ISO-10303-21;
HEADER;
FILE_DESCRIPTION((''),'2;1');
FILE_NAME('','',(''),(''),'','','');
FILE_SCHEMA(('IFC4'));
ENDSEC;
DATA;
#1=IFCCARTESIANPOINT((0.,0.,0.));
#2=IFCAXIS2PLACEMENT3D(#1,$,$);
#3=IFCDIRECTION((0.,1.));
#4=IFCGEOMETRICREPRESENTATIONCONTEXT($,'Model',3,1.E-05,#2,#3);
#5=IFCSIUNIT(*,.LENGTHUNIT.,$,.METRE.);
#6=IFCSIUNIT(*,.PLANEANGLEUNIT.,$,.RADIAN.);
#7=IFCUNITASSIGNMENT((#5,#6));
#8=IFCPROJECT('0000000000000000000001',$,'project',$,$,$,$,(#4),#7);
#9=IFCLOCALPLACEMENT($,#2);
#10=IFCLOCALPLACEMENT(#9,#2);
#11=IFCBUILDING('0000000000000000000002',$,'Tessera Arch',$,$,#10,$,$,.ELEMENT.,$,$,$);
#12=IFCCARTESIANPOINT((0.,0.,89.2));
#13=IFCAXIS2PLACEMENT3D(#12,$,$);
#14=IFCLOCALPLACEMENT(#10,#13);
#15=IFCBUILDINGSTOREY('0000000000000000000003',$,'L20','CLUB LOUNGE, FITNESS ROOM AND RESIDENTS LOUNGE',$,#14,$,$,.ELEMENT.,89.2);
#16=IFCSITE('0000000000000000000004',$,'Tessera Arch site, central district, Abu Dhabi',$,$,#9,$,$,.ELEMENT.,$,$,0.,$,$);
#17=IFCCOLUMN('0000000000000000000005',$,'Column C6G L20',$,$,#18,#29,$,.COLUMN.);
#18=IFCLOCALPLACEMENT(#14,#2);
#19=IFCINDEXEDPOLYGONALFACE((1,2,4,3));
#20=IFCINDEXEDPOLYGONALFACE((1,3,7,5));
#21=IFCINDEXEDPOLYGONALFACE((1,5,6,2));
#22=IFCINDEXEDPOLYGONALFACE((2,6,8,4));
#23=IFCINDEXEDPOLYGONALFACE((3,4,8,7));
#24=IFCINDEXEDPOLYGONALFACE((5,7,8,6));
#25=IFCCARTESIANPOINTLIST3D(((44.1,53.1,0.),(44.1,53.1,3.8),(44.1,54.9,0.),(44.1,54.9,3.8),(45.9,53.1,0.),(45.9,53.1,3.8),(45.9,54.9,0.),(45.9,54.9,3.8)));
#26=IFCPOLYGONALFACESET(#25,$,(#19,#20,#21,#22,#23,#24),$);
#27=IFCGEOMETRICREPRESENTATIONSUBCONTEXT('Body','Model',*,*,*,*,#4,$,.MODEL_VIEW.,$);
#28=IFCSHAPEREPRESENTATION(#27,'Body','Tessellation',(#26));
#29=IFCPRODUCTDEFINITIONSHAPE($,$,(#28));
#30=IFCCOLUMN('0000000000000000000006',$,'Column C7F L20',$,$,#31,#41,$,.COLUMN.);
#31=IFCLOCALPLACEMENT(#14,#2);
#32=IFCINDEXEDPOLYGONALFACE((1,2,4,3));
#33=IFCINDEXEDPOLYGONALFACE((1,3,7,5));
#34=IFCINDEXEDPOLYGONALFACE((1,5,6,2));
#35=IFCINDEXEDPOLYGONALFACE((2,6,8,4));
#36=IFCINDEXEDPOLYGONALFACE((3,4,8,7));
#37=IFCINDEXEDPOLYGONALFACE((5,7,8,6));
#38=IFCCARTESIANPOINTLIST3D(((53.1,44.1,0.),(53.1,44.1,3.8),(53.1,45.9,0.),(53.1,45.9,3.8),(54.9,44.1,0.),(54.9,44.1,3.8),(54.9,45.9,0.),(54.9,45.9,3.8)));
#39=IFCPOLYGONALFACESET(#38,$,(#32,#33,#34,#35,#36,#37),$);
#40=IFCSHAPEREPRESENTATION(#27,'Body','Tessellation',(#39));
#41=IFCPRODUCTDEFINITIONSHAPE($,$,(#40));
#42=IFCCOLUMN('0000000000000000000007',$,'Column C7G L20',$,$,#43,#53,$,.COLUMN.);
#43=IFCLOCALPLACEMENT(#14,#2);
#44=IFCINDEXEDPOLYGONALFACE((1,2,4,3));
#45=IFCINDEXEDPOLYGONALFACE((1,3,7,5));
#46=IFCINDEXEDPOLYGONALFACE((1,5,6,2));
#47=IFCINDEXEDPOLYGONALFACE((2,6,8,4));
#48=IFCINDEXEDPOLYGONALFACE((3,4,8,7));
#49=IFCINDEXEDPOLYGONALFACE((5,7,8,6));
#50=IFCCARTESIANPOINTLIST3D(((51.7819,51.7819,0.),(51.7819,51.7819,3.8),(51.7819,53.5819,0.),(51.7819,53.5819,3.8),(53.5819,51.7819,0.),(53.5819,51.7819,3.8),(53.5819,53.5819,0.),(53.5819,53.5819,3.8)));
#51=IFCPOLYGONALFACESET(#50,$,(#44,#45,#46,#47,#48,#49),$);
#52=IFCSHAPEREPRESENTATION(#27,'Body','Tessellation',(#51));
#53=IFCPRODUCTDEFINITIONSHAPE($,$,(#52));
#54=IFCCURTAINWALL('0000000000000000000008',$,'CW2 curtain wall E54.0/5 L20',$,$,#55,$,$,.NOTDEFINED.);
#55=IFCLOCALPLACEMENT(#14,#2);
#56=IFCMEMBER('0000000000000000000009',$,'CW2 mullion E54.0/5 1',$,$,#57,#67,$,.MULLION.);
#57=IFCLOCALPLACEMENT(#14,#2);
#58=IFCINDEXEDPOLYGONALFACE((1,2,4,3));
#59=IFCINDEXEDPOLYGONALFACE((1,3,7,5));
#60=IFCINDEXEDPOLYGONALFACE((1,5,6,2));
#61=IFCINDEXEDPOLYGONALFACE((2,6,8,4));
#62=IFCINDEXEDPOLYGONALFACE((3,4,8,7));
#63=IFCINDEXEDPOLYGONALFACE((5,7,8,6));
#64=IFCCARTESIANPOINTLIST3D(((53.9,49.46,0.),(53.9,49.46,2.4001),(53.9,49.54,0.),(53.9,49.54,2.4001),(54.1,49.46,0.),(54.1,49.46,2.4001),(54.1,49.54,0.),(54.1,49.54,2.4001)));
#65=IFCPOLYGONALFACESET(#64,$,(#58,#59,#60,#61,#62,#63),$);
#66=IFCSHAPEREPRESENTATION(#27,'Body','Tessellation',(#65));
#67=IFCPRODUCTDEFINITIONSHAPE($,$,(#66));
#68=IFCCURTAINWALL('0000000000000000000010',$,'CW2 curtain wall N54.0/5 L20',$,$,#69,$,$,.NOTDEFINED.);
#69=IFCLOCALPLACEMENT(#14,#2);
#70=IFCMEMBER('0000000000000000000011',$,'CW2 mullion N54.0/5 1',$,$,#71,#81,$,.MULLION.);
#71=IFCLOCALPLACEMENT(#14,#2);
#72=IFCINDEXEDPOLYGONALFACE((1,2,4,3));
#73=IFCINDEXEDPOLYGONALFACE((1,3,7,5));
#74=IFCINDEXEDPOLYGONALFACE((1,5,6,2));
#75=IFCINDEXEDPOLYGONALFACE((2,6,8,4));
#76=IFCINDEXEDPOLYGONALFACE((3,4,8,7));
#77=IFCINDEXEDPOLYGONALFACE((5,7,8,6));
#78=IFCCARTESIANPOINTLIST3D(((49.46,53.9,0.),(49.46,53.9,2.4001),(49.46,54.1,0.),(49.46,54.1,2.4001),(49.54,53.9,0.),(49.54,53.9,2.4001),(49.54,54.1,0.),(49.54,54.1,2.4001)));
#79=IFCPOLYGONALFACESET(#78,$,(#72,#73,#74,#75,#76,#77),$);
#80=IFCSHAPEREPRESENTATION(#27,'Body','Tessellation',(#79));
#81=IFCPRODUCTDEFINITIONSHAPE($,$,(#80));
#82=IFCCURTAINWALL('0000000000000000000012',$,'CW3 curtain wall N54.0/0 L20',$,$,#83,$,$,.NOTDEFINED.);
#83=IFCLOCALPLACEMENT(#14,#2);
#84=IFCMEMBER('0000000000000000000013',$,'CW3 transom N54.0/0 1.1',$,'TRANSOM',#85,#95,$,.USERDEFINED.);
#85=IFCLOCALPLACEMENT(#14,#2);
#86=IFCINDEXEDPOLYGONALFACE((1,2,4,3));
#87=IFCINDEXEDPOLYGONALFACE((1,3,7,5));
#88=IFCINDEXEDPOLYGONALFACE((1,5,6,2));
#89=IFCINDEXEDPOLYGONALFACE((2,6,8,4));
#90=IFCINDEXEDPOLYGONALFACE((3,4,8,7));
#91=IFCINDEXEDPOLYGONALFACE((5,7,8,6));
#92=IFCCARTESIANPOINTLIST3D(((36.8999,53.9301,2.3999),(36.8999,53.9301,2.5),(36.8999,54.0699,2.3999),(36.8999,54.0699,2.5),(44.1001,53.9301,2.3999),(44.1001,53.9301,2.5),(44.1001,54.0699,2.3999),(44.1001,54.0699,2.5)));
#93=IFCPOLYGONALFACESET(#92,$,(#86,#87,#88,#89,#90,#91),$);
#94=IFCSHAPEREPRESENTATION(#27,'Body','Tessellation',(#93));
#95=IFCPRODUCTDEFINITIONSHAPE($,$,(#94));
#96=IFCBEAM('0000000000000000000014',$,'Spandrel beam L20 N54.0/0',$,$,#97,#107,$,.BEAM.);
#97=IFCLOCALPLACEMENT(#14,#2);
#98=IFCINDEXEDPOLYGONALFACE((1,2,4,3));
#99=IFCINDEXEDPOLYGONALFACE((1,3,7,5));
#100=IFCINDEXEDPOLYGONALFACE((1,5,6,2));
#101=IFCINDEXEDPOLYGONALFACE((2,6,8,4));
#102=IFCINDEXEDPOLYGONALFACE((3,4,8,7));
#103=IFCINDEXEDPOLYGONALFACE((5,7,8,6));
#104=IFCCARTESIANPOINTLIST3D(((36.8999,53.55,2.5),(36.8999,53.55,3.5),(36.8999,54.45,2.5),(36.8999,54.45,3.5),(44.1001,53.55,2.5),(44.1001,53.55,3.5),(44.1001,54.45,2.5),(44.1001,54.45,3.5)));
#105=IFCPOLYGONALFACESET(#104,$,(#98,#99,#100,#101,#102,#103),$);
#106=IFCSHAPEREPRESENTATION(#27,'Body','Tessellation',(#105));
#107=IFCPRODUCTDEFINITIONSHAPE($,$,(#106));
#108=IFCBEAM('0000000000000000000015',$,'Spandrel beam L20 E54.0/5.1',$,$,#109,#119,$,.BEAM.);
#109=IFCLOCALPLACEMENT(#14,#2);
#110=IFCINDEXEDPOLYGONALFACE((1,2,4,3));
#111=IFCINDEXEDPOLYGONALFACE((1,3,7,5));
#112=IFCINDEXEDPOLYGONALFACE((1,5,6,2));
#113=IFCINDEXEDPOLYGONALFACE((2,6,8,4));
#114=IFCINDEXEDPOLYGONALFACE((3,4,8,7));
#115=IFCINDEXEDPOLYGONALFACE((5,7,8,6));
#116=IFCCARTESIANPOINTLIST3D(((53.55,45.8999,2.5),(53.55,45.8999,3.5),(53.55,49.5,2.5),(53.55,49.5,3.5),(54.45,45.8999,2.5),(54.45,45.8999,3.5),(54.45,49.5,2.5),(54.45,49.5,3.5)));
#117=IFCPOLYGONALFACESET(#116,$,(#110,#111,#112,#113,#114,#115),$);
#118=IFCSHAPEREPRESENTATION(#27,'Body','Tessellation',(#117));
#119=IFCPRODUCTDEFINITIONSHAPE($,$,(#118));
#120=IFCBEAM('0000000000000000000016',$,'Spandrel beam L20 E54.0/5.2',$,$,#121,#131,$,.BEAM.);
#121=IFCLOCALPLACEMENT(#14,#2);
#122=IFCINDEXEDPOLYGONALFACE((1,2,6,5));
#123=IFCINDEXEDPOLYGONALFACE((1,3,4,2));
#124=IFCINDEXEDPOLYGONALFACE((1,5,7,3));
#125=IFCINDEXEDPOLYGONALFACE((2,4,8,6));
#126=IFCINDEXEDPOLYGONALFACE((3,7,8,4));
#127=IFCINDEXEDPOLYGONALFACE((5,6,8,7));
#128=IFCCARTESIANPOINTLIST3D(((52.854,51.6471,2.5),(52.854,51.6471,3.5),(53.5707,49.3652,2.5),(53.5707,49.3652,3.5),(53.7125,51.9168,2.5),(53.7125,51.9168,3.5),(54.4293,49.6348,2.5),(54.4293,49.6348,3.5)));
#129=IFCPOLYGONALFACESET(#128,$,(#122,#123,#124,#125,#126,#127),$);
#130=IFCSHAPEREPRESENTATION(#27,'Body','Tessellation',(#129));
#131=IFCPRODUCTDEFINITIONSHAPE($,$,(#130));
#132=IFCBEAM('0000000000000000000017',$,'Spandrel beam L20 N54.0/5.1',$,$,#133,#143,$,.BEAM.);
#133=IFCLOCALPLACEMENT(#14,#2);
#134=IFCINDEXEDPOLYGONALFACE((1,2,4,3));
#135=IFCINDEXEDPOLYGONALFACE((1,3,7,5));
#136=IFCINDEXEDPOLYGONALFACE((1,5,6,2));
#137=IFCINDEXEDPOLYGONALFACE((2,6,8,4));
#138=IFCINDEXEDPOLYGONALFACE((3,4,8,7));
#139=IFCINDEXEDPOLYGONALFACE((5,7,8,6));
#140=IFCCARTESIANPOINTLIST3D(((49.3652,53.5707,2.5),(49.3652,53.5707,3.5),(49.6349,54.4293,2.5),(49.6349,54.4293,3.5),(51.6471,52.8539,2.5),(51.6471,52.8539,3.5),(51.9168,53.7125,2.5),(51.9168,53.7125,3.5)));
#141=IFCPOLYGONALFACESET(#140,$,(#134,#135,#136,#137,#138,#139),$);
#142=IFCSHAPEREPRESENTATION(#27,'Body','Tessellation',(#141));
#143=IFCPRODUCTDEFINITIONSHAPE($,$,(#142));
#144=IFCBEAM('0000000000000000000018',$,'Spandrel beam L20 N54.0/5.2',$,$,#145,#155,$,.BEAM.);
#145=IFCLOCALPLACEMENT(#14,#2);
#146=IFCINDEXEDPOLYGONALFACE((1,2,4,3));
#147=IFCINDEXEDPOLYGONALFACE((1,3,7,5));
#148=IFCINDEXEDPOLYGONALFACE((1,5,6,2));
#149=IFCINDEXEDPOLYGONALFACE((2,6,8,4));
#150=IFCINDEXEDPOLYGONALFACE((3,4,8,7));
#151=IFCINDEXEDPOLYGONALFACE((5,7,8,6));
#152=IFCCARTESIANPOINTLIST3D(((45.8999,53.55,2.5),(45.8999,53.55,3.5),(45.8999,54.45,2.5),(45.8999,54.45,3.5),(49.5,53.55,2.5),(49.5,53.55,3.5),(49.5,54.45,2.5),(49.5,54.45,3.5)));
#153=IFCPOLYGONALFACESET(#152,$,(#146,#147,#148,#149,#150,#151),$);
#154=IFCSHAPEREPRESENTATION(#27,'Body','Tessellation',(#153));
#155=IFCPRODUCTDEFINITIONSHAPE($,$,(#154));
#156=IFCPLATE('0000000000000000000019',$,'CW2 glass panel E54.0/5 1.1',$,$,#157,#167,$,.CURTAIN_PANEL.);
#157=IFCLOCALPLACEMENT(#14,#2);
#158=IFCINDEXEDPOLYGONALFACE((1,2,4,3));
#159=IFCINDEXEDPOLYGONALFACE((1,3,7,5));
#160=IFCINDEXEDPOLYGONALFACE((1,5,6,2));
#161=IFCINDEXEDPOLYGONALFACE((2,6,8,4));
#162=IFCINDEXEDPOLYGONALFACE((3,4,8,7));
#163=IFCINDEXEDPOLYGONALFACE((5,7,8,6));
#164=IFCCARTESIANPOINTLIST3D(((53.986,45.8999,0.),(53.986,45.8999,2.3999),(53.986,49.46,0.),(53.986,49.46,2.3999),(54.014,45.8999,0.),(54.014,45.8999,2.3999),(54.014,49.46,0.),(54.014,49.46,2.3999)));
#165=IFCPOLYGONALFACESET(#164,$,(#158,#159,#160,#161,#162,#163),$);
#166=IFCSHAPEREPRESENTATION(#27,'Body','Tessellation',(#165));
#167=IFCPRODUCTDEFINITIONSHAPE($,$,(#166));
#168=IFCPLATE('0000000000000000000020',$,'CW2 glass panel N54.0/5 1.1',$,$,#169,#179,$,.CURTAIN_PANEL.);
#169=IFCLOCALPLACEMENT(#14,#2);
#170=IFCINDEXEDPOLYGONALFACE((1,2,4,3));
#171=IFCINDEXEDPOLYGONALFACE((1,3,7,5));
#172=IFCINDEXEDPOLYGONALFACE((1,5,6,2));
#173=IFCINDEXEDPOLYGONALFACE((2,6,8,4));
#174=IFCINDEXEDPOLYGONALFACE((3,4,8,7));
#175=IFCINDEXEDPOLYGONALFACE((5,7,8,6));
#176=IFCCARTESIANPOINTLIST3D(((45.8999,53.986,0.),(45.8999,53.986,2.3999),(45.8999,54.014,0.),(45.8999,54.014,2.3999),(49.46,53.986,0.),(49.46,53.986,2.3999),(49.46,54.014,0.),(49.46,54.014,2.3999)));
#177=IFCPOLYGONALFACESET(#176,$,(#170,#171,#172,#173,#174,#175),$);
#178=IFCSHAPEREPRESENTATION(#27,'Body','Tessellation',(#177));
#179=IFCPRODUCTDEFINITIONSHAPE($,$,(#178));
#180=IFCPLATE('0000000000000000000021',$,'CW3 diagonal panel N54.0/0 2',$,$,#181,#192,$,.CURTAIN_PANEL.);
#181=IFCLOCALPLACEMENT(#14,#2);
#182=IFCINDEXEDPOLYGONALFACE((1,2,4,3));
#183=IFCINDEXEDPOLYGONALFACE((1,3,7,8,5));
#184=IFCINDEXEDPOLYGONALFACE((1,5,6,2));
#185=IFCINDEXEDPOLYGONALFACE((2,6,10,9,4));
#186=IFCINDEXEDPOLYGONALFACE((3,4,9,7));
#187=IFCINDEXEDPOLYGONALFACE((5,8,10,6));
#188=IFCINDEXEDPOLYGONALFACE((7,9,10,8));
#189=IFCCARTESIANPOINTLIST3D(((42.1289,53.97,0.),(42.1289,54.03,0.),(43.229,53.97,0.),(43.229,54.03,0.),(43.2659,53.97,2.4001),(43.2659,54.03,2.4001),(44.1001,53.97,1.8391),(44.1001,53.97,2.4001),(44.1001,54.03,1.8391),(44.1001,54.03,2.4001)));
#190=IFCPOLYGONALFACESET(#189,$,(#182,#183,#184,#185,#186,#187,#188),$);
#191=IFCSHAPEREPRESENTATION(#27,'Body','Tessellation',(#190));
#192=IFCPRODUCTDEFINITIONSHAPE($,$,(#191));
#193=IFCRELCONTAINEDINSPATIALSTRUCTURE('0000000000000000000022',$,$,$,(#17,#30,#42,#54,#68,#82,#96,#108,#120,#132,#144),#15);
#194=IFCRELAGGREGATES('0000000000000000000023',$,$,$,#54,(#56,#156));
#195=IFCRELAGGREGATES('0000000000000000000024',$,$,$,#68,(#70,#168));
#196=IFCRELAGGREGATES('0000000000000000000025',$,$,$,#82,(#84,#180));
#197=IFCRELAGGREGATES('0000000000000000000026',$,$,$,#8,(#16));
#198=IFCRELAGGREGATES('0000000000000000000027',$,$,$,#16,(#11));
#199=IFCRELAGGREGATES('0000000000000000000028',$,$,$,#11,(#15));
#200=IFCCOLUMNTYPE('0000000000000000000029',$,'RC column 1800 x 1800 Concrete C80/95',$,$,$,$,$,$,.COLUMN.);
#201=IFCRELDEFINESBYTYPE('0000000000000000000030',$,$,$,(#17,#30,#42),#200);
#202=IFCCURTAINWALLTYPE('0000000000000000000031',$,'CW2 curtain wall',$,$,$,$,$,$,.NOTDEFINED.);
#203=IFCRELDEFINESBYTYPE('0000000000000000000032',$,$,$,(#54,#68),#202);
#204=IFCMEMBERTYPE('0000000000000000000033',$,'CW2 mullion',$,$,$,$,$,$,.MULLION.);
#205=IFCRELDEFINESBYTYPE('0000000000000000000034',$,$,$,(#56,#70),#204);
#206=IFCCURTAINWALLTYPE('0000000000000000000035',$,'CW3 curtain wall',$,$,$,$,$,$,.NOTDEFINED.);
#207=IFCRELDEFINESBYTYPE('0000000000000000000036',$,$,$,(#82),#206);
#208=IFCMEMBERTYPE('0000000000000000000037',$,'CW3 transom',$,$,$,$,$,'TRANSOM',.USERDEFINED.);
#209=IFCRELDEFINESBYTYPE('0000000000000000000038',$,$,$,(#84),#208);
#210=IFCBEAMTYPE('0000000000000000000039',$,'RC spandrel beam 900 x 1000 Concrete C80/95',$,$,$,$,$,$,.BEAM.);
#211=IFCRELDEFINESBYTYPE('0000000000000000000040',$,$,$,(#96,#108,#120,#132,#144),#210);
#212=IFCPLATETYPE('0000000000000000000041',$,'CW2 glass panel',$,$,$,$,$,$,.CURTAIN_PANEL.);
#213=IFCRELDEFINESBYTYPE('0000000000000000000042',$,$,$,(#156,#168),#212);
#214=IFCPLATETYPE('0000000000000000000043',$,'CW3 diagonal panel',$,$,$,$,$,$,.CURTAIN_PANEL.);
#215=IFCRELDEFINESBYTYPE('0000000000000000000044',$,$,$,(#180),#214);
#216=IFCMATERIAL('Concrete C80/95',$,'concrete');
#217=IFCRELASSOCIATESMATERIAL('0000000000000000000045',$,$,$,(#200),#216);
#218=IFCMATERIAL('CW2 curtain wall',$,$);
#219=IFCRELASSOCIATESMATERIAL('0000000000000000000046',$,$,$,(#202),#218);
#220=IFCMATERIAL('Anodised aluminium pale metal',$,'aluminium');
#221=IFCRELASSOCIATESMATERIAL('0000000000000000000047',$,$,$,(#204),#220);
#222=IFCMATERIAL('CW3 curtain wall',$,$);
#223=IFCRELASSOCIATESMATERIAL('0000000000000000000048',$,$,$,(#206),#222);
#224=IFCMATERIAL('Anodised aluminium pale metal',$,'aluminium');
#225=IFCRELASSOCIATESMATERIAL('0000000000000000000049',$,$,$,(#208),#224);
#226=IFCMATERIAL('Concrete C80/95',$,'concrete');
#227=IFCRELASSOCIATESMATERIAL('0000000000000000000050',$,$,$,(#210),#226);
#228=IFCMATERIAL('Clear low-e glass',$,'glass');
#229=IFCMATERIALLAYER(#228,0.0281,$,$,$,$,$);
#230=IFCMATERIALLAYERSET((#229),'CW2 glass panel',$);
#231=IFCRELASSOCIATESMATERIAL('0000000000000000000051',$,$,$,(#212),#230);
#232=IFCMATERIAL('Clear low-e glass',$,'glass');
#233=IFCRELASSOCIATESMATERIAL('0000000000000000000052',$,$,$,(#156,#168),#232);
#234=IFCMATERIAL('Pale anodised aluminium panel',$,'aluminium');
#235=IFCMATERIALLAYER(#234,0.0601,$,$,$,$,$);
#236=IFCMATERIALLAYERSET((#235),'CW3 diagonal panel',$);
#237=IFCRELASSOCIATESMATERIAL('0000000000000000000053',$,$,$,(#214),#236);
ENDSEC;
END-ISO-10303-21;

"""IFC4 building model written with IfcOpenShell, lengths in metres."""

from ifc_helpers import new_model, si_unit, direction, frame, origin, origin_2d, place, context, subcontext, project, spatial, polyline, rectangle, outline, extrude, material, layer, layer_set, material_profile, profile_set, type_object, element, aggregate, save


model = new_model("IFC4")

# Units and contexts
model_context = context("Model", 3, precision=1e-05, world=origin(), true_north=direction((0.0, 1.0)))
body_context = subcontext(model_context, "Body", "Model", "MODEL_VIEW")
ifc_project = project(units=[si_unit("LENGTHUNIT", "METRE"), si_unit("PLANEANGLEUNIT", "RADIAN")], contexts=[model_context])

# Site, building, storey
site_placement = place(None, origin())
site = spatial("IfcSite", under=ifc_project, at=site_placement, Name="Tessera Arch site, central district, Abu Dhabi", CompositionType="ELEMENT", RefElevation=0.0)
building_placement = place(site_placement, origin())
building = spatial("IfcBuilding", under=site, at=building_placement, Name="Tessera Arch", CompositionType="ELEMENT")
storey_placement = place(building_placement, frame((0.0, 0.0, 89.2)))
storey = spatial("IfcBuildingStorey", under=building, at=storey_placement, Name="L20", Description="CLUB LOUNGE, FITNESS ROOM AND RESIDENTS LOUNGE", CompositionType="ELEMENT", Elevation=89.2)

# Columns
ifc_material_1 = material(Name="Concrete C80/95", Category="concrete")
ifc_material_profile_1 = material_profile(ifc_material_1, rectangle(XDim=1.8, YDim=1.8, at=origin_2d()), Name="RC column 1800 x 1800 Concrete C80/95")
ifc_profile_set_1 = profile_set([ifc_material_profile_1], Name="Concrete C80/95")
column_type = type_object("IfcColumnType", Name="RC column 1800 x 1800 Concrete C80/95", PredefinedType="COLUMN", material=ifc_profile_set_1)
for number, where, z_axis, x_axis, name in (
    (1, (45.0, 54.0, 0.0), (0.0, 0.0, 1.0), (1.0, 0.0, 0.0), "Column C6G L20"),
    (2, (54.0, 45.0, 0.0), (0.0, 0.0, 1.0), (1.0, 0.0, 0.0), "Column C7F L20"),
    (3, (52.6819, 52.6819, 0.0), (0.0, 0.0, 1.0), (1.0, 0.0, 0.0), "Column C7G L20"),
):
    element("IfcColumn", number, at=place(storey_placement, frame(where, z_axis=z_axis, x_axis=x_axis)), inside=storey, type_object=column_type, Name=name, PredefinedType="COLUMN", context=body_context, shape_type="SweptSolid", body=[
        extrude(rectangle(XDim=1.8, YDim=1.8, at=origin_2d()), origin(), (0.0, 0.0, 1.0), 3.8),
    ])

# Curtain walls, members
ifc_material_2 = material(Name="CW2 curtain wall")
curtain_wall_type_1 = type_object("IfcCurtainWallType", Name="CW2 curtain wall", PredefinedType="NOTDEFINED", material=ifc_material_2)
curtain_wall_1_placement = place(storey_placement, origin())
curtain_wall_1 = element("IfcCurtainWall", 4, at=curtain_wall_1_placement, inside=storey, type_object=curtain_wall_type_1, Name="CW2 curtain wall E54.0/5 L20", PredefinedType="NOTDEFINED")
ifc_material_3 = material(Name="Anodised aluminium pale metal", Category="aluminium")
ifc_material_profile_2 = material_profile(ifc_material_3, rectangle(XDim=0.2, YDim=0.0801, at=origin_2d()), Name="AL 80x200")
ifc_profile_set_2 = profile_set([ifc_material_profile_2], Name="Anodised aluminium pale metal")
member_type_1 = type_object("IfcMemberType", Name="CW2 mullion", PredefinedType="MULLION", material=ifc_profile_set_2)
member_1_placement = place(storey_placement, frame((54.0, 49.5, 0.0), z_axis=(0.0, 0.0, 1.0), x_axis=(-1.0, 0.0, 0.0)))
member_1 = element("IfcMember", 5, at=member_1_placement, type_object=member_type_1, Name="CW2 mullion E54.0/5 1", PredefinedType="MULLION", context=body_context, shape_type="SweptSolid", body=[
    extrude(rectangle(XDim=0.2, YDim=0.0801, at=origin_2d()), origin(), (0.0, 0.0, 1.0), 2.4001),
])
curtain_wall_2_placement = place(storey_placement, origin())
curtain_wall_2 = element("IfcCurtainWall", 6, at=curtain_wall_2_placement, inside=storey, type_object=curtain_wall_type_1, Name="CW2 curtain wall N54.0/5 L20", PredefinedType="NOTDEFINED")
member_2_placement = place(storey_placement, frame((49.5, 54.0, 0.0), z_axis=(0.0, 0.0, 1.0), x_axis=(0.0, -1.0, 0.0)))
member_2 = element("IfcMember", 7, at=member_2_placement, type_object=member_type_1, Name="CW2 mullion N54.0/5 1", PredefinedType="MULLION", context=body_context, shape_type="SweptSolid", body=[
    extrude(rectangle(XDim=0.2, YDim=0.0801, at=origin_2d()), origin(), (0.0, 0.0, 1.0), 2.4001),
])
ifc_material_4 = material(Name="CW3 curtain wall")
curtain_wall_type_2 = type_object("IfcCurtainWallType", Name="CW3 curtain wall", PredefinedType="NOTDEFINED", material=ifc_material_4)
curtain_wall_3_placement = place(storey_placement, origin())
curtain_wall_3 = element("IfcCurtainWall", 8, at=curtain_wall_3_placement, inside=storey, type_object=curtain_wall_type_2, Name="CW3 curtain wall N54.0/0 L20", PredefinedType="NOTDEFINED")
ifc_material_5 = material(Name="Anodised aluminium pale metal", Category="aluminium")
ifc_material_profile_3 = material_profile(ifc_material_5, rectangle(XDim=0.1399, YDim=0.1001, at=origin_2d()), Name="AL 140x100")
ifc_profile_set_3 = profile_set([ifc_material_profile_3], Name="Anodised aluminium pale metal")
member_type_2 = type_object("IfcMemberType", Name="CW3 transom", ElementType="TRANSOM", PredefinedType="USERDEFINED", material=ifc_profile_set_3)
member_3_placement = place(storey_placement, frame((44.1001, 54.0, 2.45), z_axis=(-1.0, 0.0, 0.0), x_axis=(0.0, -1.0, 0.0)))
member_3 = element("IfcMember", 9, at=member_3_placement, type_object=member_type_2, Name="CW3 transom N54.0/0 1.1", ObjectType="TRANSOM", PredefinedType="USERDEFINED", context=body_context, shape_type="SweptSolid", body=[
    extrude(rectangle(XDim=0.1399, YDim=0.1001, at=origin_2d()), origin(), (0.0, 0.0, 1.0), 7.2002),
])

# Beams
ifc_material_6 = material(Name="Concrete C80/95", Category="concrete")
ifc_material_profile_4 = material_profile(ifc_material_6, rectangle(XDim=0.8999, YDim=1.0, at=origin_2d()), Name="RC spandrel beam 900 x 1000 Concrete C80/95")
ifc_profile_set_4 = profile_set([ifc_material_profile_4], Name="Concrete C80/95")
beam_type = type_object("IfcBeamType", Name="RC spandrel beam 900 x 1000 Concrete C80/95", PredefinedType="BEAM", material=ifc_profile_set_4)
beam_1_placement = place(storey_placement, frame((44.1001, 54.0, 3.0), z_axis=(-1.0, 0.0, 0.0), x_axis=(0.0, -1.0, 0.0)))
element("IfcBeam", 10, at=beam_1_placement, inside=storey, type_object=beam_type, Name="Spandrel beam L20 N54.0/0", PredefinedType="BEAM", context=body_context, shape_type="SweptSolid", body=[
    extrude(rectangle(XDim=0.8999, YDim=1.0, at=origin_2d()), origin(), (0.0, 0.0, 1.0), 7.2002),
])
beam_2_placement = place(storey_placement, frame((54.0, 45.8999, 3.0), z_axis=(0.0, 1.0, 0.0), x_axis=(-1.0, 0.0, 0.0)))
element("IfcBeam", 11, at=beam_2_placement, inside=storey, type_object=beam_type, Name="Spandrel beam L20 E54.0/5.1", PredefinedType="BEAM", context=body_context, shape_type="SweptSolid", body=[
    extrude(rectangle(XDim=0.8999, YDim=1.0, at=origin_2d()), origin(), (0.0, 0.0, 1.0), 3.6001),
])
for number, where, z_axis, x_axis, name in (
    (12, (54.0, 49.5, 3.0), (-0.299675, 0.954041, 0.0), (-0.954041, -0.299675, 0.0), "Spandrel beam L20 E54.0/5.2"),
    (13, (51.782, 53.2832, 3.0), (-0.954041, 0.299675, 0.0), (-0.299675, -0.954041, 0.0), "Spandrel beam L20 N54.0/5.1"),
):
    element("IfcBeam", number, at=place(storey_placement, frame(where, z_axis=z_axis, x_axis=x_axis)), inside=storey, type_object=beam_type, Name=name, PredefinedType="BEAM", context=body_context, shape_type="SweptSolid", body=[
        extrude(rectangle(XDim=0.8999, YDim=1.0, at=origin_2d()), origin(), (0.0, 0.0, 1.0), 2.3918),
    ])
beam_3_placement = place(storey_placement, frame((49.5, 54.0, 3.0), z_axis=(-1.0, 0.0, 0.0), x_axis=(0.0, -1.0, 0.0)))
element("IfcBeam", 14, at=beam_3_placement, inside=storey, type_object=beam_type, Name="Spandrel beam L20 N54.0/5.2", PredefinedType="BEAM", context=body_context, shape_type="SweptSolid", body=[
    extrude(rectangle(XDim=0.8999, YDim=1.0, at=origin_2d()), origin(), (0.0, 0.0, 1.0), 3.6001),
])

# Plates
ifc_material_7 = material(Name="Clear low-e glass", Category="glass")
ifc_material_8 = material(Name="Clear low-e glass", Category="glass")
ifc_layer_1 = layer(ifc_material_8, 0.0281)
ifc_layer_set_1 = layer_set([ifc_layer_1], Name="CW2 glass panel")
plate_type_1 = type_object("IfcPlateType", Name="CW2 glass panel", PredefinedType="CURTAIN_PANEL", material=ifc_layer_set_1)
plate_1_placement = place(storey_placement, frame((54.0, 47.6799, 0.0), z_axis=(0.0, 0.0, 1.0), x_axis=(0.0, 1.0, 0.0)))
plate_1 = element("IfcPlate", 15, at=plate_1_placement, type_object=plate_type_1, material=ifc_material_7, Name="CW2 glass panel E54.0/5 1.1", PredefinedType="CURTAIN_PANEL", context=body_context, shape_type="SweptSolid", body=[
    extrude(rectangle(XDim=3.5601, YDim=0.0281, at=origin_2d()), origin(), (0.0, 0.0, 1.0), 2.3999),
])
aggregate(curtain_wall_1, [member_1, plate_1])
plate_2_placement = place(storey_placement, frame((47.6799, 54.0, 0.0), z_axis=(0.0, 0.0, 1.0), x_axis=(-1.0, 0.0, 0.0)))
plate_2 = element("IfcPlate", 16, at=plate_2_placement, type_object=plate_type_1, material=ifc_material_7, Name="CW2 glass panel N54.0/5 1.1", PredefinedType="CURTAIN_PANEL", context=body_context, shape_type="SweptSolid", body=[
    extrude(rectangle(XDim=3.5601, YDim=0.0281, at=origin_2d()), origin(), (0.0, 0.0, 1.0), 2.3999),
])
aggregate(curtain_wall_2, [member_2, plate_2])
ifc_material_9 = material(Name="Pale anodised aluminium panel", Category="aluminium")
ifc_layer_2 = layer(ifc_material_9, 0.0601)
ifc_layer_set_2 = layer_set([ifc_layer_2], Name="CW3 diagonal panel")
plate_type_2 = type_object("IfcPlateType", Name="CW3 diagonal panel", PredefinedType="CURTAIN_PANEL", material=ifc_layer_set_2)
plate_3_placement = place(storey_placement, frame((44.1001, 54.03, 2.4001), z_axis=(0.0, 1.0, 0.0), x_axis=(0.0, 0.0, -1.0)))
plate_3 = element("IfcPlate", 17, at=plate_3_placement, type_object=plate_type_2, Name="CW3 diagonal panel N54.0/0 2", PredefinedType="CURTAIN_PANEL", context=body_context, shape_type="SweptSolid", body=[
    extrude(outline(polyline([(0.0, 0.0), (0.561, 0.0), (2.4001, 0.8711), (2.4001, 1.9712), (0.0, 0.8342), (0.0, 0.0)])), origin(), (0.0, 0.0, -1.0), 0.0601),
])

aggregate(curtain_wall_3, [member_3, plate_3])

save(model, "model.ifc")
